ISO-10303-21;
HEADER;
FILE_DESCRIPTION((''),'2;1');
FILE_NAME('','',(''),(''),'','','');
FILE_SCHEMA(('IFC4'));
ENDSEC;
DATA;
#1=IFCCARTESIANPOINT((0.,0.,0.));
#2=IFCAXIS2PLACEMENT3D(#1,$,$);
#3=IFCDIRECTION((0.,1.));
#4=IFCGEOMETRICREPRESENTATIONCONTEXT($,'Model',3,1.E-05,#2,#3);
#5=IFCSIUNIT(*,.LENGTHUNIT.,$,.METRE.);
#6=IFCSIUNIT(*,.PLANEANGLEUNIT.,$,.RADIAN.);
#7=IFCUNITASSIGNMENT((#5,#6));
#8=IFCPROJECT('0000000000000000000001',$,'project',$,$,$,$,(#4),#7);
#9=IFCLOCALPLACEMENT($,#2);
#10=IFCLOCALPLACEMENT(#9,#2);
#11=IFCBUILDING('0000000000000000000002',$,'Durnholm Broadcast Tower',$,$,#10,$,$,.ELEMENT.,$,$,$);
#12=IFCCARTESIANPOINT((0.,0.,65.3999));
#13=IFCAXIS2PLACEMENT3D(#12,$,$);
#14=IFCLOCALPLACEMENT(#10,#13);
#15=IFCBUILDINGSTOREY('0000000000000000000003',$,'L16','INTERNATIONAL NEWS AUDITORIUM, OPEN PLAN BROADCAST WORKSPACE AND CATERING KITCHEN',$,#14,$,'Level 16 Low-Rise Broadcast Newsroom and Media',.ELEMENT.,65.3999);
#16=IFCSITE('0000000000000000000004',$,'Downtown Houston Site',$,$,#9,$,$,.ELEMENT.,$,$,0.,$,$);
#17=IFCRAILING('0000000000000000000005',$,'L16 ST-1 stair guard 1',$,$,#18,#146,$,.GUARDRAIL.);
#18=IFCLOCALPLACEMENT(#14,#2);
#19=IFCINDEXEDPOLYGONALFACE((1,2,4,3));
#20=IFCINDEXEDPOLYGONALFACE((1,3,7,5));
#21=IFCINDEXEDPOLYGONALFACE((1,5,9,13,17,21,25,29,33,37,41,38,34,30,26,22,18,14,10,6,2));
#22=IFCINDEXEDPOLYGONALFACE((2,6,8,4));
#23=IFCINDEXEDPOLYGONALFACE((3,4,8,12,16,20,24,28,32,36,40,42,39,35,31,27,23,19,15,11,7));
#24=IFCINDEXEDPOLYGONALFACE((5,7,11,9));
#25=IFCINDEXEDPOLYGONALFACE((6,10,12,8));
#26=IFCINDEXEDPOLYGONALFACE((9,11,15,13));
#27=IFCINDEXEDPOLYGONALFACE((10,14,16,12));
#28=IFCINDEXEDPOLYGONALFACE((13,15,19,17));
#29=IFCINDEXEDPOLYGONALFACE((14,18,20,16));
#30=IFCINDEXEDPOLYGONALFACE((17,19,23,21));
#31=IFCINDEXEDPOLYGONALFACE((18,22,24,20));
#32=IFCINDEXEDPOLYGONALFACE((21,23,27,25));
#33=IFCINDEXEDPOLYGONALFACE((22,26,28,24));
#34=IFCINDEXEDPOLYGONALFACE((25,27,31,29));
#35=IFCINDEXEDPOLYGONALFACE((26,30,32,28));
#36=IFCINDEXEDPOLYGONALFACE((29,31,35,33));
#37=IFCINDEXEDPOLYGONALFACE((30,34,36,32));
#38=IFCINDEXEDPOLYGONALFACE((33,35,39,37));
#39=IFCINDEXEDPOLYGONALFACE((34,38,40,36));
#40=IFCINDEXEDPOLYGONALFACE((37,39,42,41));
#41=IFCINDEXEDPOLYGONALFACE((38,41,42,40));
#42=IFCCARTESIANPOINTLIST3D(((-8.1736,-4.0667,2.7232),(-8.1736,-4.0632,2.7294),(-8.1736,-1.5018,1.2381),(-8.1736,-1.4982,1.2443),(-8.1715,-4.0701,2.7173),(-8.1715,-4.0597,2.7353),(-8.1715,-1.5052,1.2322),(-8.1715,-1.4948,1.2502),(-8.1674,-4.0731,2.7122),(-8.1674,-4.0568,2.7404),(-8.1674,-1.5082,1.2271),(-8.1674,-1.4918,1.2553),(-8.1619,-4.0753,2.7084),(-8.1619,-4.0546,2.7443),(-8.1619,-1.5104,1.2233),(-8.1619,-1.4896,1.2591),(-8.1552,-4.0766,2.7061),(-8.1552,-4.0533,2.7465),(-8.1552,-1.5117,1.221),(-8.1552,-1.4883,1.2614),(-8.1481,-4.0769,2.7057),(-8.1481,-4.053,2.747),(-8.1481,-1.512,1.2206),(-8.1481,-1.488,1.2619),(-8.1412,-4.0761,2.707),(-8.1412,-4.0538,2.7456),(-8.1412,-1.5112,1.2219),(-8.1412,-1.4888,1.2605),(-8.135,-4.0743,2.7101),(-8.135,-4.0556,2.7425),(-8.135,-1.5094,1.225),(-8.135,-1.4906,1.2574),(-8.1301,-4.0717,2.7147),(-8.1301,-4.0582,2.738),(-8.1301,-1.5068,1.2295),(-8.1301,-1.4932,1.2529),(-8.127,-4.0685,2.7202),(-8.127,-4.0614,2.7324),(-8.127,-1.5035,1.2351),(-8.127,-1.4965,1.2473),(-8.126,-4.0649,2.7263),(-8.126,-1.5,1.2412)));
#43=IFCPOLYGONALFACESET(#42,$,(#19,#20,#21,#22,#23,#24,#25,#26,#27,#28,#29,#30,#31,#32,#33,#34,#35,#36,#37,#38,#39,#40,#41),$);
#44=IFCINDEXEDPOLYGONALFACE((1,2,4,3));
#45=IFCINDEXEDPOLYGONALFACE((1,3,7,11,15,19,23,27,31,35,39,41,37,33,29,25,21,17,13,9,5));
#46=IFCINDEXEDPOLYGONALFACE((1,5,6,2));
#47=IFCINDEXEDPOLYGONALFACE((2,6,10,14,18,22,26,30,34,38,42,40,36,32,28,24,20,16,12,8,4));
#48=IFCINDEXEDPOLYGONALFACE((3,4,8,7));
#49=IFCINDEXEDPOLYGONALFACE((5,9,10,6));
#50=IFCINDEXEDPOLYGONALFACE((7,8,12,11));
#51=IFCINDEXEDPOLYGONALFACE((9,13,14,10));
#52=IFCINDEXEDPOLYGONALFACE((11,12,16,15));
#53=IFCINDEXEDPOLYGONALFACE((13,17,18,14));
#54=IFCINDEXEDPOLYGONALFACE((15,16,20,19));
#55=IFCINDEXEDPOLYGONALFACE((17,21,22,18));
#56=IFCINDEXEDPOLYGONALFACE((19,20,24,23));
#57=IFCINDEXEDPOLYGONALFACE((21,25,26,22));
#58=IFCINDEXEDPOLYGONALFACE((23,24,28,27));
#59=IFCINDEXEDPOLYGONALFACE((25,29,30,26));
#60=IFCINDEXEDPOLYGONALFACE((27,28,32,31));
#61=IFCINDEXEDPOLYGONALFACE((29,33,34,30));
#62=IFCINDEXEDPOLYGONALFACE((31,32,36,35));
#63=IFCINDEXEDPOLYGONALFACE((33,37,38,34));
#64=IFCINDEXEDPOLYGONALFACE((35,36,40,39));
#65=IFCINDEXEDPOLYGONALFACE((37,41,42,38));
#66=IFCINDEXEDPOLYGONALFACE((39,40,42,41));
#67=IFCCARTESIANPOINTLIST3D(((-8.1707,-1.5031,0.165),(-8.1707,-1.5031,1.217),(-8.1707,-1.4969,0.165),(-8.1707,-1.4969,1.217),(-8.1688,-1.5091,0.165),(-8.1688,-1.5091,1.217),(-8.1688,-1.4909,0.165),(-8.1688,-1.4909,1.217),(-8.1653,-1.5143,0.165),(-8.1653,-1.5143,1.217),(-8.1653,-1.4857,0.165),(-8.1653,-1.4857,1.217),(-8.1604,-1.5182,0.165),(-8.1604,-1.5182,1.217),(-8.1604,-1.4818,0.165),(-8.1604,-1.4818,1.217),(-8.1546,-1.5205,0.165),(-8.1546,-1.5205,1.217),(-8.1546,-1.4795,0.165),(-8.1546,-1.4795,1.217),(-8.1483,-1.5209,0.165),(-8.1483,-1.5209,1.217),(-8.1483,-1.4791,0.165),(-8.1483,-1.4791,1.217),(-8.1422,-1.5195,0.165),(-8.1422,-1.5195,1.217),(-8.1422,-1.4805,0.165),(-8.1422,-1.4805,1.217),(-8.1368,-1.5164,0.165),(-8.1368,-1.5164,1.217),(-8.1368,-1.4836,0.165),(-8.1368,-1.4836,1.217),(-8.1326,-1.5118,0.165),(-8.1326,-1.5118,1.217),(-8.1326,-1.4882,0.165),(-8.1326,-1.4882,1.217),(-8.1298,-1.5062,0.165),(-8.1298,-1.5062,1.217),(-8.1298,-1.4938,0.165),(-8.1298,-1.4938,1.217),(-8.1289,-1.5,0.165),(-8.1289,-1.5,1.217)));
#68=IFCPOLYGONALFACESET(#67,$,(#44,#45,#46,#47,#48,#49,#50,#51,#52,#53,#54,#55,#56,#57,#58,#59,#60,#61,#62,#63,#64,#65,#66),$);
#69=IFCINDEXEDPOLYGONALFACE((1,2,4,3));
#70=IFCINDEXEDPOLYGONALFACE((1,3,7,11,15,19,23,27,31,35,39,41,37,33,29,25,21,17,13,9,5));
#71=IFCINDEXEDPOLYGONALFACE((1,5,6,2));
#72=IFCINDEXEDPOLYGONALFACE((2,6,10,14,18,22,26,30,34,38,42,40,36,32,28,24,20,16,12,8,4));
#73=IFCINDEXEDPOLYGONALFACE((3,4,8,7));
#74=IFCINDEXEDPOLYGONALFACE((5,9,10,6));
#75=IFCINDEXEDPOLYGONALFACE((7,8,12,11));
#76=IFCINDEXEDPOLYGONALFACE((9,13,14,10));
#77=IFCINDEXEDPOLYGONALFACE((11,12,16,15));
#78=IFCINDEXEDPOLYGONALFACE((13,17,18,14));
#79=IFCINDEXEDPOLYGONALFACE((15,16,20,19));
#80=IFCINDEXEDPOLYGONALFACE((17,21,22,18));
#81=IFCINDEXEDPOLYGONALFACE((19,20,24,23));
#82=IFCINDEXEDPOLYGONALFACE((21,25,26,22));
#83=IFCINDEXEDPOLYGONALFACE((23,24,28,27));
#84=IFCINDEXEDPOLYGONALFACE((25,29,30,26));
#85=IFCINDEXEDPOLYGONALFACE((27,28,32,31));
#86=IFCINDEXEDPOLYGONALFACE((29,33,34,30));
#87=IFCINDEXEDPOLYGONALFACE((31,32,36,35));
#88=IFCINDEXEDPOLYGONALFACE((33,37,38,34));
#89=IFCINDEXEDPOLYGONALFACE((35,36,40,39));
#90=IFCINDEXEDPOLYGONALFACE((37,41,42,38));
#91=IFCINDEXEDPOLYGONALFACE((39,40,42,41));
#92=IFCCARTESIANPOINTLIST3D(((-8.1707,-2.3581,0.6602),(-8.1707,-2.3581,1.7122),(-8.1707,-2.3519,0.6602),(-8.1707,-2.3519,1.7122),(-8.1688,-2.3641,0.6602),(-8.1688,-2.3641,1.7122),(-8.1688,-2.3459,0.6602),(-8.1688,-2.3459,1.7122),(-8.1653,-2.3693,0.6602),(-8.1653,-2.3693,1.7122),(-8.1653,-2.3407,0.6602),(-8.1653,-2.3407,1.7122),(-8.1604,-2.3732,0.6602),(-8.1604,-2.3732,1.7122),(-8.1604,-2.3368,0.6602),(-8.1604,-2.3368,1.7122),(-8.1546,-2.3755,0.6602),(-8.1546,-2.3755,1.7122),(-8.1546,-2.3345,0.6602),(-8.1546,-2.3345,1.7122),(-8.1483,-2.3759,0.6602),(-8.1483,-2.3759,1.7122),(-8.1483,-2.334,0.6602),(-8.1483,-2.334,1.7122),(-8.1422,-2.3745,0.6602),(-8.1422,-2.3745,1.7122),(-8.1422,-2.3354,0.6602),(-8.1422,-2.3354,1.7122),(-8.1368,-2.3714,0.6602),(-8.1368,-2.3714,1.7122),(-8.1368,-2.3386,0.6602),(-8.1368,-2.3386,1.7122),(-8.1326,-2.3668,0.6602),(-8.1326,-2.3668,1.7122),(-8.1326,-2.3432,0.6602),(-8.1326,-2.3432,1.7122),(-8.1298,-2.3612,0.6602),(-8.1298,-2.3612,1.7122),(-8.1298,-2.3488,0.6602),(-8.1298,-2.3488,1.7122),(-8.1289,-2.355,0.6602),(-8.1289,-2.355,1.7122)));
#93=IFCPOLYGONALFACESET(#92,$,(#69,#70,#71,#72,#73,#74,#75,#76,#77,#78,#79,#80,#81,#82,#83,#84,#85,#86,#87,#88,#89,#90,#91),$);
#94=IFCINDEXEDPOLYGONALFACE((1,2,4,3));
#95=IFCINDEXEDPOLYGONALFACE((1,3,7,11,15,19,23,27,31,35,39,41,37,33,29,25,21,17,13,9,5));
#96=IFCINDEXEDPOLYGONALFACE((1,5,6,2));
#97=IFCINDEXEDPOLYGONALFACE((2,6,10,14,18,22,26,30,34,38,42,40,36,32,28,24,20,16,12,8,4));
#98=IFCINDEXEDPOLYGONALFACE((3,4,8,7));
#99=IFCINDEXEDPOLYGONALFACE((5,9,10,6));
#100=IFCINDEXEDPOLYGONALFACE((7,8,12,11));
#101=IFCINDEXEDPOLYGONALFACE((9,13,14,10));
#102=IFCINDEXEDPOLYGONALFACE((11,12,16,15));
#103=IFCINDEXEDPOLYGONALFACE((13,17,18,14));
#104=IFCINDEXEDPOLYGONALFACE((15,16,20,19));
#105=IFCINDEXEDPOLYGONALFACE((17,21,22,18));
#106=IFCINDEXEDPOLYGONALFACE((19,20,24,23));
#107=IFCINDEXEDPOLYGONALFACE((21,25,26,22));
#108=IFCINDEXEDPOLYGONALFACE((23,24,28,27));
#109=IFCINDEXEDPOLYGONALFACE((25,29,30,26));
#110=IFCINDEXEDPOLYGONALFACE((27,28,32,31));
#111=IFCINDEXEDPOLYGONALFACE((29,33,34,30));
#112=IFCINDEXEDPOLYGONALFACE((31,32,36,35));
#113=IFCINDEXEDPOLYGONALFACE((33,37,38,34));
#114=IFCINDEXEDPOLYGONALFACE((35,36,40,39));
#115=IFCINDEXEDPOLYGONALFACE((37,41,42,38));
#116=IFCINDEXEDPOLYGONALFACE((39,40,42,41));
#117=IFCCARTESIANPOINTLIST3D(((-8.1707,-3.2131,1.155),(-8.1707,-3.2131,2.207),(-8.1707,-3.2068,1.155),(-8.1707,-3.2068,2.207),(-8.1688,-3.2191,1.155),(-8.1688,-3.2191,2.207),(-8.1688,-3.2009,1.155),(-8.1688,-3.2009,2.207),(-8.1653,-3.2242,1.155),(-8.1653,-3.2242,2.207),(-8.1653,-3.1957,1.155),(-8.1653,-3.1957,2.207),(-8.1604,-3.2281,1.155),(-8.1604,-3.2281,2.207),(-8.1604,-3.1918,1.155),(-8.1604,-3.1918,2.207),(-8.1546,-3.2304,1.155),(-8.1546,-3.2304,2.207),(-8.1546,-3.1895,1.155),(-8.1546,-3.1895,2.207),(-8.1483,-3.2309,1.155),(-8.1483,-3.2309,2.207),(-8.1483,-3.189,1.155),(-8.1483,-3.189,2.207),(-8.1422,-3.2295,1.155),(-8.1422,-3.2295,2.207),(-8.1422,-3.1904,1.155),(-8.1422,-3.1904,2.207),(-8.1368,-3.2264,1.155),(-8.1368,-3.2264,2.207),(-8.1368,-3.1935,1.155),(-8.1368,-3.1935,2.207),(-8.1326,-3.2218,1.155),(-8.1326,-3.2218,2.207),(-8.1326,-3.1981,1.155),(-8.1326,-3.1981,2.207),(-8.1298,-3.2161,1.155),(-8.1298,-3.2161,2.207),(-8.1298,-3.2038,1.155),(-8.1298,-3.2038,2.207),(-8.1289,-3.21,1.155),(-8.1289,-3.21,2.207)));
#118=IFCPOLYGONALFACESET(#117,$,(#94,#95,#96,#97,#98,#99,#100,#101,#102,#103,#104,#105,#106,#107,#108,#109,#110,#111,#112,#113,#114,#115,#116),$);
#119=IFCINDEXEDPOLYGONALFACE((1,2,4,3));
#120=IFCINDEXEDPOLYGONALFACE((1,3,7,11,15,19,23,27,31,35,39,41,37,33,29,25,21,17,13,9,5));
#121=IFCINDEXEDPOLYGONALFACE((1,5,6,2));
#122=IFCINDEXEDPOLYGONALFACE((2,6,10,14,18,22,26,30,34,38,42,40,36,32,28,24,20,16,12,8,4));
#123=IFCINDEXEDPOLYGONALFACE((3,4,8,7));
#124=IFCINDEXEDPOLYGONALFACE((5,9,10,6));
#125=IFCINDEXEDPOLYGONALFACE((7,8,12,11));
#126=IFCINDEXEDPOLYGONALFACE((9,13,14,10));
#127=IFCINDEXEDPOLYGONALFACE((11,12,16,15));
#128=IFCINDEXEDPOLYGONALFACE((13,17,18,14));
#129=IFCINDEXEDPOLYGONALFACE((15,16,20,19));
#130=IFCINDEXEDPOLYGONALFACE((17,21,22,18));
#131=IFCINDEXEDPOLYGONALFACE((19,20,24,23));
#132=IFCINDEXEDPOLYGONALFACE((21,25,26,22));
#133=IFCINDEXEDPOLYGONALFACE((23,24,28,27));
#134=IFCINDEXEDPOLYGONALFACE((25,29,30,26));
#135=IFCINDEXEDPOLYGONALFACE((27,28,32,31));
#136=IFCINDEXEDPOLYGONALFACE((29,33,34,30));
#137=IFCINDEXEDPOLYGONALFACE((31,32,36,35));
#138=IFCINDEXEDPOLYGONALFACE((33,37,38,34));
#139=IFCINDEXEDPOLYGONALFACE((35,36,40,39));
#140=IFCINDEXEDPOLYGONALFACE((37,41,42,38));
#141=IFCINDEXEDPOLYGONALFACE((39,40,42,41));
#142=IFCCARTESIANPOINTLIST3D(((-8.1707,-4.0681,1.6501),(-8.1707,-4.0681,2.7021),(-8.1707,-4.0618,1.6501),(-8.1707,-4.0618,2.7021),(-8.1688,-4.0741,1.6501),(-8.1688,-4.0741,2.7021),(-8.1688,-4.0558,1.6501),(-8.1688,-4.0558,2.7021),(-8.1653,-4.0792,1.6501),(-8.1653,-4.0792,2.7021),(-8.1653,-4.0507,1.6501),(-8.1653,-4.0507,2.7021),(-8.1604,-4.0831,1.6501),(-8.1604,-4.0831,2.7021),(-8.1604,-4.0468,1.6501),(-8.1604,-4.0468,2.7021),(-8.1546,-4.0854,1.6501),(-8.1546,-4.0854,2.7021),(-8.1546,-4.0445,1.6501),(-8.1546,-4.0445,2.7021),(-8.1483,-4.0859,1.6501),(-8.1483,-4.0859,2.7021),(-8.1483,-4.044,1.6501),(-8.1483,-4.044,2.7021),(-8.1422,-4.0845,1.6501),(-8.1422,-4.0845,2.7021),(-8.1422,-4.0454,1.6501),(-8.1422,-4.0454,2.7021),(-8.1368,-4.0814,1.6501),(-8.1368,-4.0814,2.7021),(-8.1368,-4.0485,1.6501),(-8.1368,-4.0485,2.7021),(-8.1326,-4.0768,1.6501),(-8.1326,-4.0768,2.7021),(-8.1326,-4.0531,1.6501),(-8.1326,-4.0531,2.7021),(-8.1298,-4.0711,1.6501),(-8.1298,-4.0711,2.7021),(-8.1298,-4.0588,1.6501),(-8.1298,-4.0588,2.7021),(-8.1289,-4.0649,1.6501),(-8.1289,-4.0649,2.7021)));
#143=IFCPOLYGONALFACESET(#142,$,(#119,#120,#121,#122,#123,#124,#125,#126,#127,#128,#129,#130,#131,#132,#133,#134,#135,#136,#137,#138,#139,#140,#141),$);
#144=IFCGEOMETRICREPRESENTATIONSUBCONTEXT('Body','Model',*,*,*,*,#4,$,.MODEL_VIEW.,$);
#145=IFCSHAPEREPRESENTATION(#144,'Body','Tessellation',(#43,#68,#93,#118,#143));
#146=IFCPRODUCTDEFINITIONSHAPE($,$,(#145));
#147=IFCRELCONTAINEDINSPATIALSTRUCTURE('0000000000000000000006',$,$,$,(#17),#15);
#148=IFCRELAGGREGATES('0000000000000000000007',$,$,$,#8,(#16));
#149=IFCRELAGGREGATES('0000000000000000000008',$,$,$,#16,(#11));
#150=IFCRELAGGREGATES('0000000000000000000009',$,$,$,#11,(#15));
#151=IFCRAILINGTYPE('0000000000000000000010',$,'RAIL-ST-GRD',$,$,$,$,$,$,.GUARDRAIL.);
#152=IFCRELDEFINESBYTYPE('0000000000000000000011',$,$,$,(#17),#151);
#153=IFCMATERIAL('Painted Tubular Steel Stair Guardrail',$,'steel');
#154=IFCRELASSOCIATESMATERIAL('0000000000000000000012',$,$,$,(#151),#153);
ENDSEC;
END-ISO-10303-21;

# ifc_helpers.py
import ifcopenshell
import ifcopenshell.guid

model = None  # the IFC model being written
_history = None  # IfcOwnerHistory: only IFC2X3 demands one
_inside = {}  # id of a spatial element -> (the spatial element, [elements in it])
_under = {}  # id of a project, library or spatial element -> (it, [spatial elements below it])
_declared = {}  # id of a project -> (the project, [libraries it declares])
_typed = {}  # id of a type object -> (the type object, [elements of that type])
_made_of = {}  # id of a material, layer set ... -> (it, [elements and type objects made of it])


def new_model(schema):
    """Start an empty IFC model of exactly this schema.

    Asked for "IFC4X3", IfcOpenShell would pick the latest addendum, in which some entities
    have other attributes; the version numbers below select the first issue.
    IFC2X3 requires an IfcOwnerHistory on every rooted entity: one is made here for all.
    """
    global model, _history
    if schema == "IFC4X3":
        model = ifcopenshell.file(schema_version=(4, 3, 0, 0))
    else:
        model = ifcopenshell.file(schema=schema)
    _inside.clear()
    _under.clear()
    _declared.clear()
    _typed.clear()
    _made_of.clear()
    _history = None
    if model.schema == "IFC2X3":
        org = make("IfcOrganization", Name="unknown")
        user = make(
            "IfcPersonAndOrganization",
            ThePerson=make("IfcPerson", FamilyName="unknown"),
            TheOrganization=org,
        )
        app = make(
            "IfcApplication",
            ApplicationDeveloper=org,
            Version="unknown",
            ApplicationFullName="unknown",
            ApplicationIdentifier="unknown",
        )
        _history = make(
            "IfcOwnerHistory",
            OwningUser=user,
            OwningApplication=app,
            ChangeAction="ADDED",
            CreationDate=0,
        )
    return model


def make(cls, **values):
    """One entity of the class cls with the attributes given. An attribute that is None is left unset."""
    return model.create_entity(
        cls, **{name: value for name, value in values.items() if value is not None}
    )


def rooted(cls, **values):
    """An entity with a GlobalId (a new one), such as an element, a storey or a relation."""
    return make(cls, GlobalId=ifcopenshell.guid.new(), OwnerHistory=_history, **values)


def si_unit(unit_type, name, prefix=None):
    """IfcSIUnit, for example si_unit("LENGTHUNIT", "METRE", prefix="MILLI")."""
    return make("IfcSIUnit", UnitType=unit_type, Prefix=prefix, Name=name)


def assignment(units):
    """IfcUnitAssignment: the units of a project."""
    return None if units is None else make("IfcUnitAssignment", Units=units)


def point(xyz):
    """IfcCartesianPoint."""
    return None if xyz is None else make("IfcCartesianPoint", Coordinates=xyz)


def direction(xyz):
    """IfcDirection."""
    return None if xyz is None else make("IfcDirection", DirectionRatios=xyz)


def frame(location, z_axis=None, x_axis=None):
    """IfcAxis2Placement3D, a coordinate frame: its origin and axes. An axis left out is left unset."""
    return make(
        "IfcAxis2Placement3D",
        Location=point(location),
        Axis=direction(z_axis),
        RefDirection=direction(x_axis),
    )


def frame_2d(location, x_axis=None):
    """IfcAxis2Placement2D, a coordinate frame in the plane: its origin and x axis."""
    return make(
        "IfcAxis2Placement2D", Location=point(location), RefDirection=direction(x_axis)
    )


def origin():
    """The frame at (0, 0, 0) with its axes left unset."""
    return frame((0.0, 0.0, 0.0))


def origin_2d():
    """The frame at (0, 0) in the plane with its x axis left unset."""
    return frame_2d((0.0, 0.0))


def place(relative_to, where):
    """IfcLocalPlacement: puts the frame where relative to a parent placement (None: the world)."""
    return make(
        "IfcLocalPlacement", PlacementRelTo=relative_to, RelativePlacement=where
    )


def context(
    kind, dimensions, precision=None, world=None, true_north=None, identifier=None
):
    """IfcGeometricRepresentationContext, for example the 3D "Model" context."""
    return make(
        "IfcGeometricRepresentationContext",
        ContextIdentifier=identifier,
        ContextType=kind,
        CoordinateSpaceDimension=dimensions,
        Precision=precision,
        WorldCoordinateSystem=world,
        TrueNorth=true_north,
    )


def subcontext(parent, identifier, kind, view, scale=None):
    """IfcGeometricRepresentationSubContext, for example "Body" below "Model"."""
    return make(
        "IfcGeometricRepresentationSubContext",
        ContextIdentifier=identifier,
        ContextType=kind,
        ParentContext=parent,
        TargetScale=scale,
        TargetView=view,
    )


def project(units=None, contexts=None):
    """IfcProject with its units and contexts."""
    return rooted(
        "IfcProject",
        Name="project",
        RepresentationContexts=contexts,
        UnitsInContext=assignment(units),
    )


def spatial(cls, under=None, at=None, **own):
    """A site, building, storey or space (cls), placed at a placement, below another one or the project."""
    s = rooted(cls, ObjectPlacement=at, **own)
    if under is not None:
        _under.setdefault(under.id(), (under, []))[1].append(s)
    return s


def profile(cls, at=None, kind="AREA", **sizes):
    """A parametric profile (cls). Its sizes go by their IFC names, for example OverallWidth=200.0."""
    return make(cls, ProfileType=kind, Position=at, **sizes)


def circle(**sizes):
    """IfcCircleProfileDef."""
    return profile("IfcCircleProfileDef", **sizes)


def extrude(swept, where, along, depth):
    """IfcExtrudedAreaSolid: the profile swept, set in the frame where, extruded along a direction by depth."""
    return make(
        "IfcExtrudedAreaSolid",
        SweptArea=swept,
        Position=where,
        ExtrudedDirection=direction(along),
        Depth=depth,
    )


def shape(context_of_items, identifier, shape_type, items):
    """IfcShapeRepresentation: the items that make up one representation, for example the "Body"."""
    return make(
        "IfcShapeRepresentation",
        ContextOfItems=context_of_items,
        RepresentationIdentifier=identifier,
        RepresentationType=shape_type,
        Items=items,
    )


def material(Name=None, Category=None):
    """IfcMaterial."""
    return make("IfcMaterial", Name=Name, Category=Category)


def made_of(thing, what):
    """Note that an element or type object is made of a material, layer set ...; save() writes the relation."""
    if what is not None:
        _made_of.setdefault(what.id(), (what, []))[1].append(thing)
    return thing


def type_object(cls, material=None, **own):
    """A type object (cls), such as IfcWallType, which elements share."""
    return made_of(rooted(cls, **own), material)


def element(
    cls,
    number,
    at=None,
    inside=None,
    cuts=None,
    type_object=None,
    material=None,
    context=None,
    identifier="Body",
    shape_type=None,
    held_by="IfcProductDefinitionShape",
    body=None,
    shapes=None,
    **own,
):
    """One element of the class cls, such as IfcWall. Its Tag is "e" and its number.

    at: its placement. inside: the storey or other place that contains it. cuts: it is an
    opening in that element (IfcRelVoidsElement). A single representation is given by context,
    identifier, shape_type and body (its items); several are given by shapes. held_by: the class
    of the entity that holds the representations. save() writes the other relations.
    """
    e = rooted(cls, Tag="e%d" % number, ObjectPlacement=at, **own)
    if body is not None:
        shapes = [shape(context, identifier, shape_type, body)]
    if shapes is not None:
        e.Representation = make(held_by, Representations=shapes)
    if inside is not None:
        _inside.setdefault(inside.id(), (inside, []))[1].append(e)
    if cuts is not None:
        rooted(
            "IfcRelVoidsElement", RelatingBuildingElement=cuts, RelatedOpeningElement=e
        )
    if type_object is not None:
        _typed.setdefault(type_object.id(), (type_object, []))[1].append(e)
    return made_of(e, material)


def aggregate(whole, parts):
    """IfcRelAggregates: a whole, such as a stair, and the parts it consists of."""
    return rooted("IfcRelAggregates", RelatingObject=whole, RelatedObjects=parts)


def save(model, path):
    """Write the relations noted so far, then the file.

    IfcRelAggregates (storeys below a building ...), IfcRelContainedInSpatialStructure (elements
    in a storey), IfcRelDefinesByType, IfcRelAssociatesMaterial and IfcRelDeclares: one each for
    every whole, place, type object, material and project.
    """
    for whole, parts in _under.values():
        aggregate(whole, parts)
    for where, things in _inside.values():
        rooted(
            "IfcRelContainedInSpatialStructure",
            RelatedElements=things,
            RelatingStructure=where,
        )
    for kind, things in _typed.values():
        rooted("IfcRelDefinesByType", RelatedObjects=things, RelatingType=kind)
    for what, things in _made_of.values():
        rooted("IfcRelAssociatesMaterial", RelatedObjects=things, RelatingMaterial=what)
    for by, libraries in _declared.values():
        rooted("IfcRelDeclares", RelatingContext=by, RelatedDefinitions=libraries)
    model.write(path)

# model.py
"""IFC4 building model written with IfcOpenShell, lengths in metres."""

from ifc_helpers import new_model, si_unit, direction, frame, origin, origin_2d, place, context, subcontext, project, spatial, circle, extrude, material, type_object, element, save


model = new_model("IFC4")

# Units and contexts
model_context = context("Model", 3, precision=1e-05, world=origin(), true_north=direction((0.0, 1.0)))
body_context = subcontext(model_context, "Body", "Model", "MODEL_VIEW")
ifc_project = project(units=[si_unit("LENGTHUNIT", "METRE"), si_unit("PLANEANGLEUNIT", "RADIAN")], contexts=[model_context])

# Site, building, storey
site_placement = place(None, origin())
site = spatial("IfcSite", under=ifc_project, at=site_placement, Name="Downtown Houston Site", CompositionType="ELEMENT", RefElevation=0.0)
building_placement = place(site_placement, origin())
building = spatial("IfcBuilding", under=site, at=building_placement, Name="Durnholm Broadcast Tower", CompositionType="ELEMENT")
storey_placement = place(building_placement, frame((0.0, 0.0, 65.3999)))
storey = spatial("IfcBuildingStorey", under=building, at=storey_placement, Name="L16", Description="INTERNATIONAL NEWS AUDITORIUM, OPEN PLAN BROADCAST WORKSPACE AND CATERING KITCHEN", LongName="Level 16 Low-Rise Broadcast Newsroom and Media", CompositionType="ELEMENT", Elevation=65.3999)

# Railing
ifc_material_1 = material(Name="Painted Tubular Steel Stair Guardrail", Category="steel")
railing_type_1 = type_object("IfcRailingType", Name="RAIL-ST-GRD", PredefinedType="GUARDRAIL", material=ifc_material_1)
railing_1_placement = place(storey_placement, frame((-8.1499, -1.5, 0.165)))
element("IfcRailing", 1, at=railing_1_placement, inside=storey, type_object=railing_type_1, Name="L16 ST-1 stair guard 1", PredefinedType="GUARDRAIL", context=body_context, shape_type="SweptSolid", body=[
    extrude(circle(Radius=0.0239, at=origin_2d()), frame((0.0, 0.0, 1.0762), z_axis=(0.0, -0.865406, 0.501072), x_axis=(1.0, 0.0, 0.0)), (0.0, 0.0, 1.0), 2.9639),
    extrude(circle(Radius=0.021, at=origin_2d()), origin(), (0.0, 0.0, 1.0), 1.052),
    extrude(circle(Radius=0.021, at=origin_2d()), frame((0.0, -0.855, 0.4951)), (0.0, 0.0, 1.0), 1.052),
    extrude(circle(Radius=0.021, at=origin_2d()), frame((0.0, -1.71, 0.99)), (0.0, 0.0, 1.0), 1.052),
    extrude(circle(Radius=0.021, at=origin_2d()), frame((0.0, -2.5649, 1.4851)), (0.0, 0.0, 1.0), 1.052),
])

save(model, "model.ifc")
